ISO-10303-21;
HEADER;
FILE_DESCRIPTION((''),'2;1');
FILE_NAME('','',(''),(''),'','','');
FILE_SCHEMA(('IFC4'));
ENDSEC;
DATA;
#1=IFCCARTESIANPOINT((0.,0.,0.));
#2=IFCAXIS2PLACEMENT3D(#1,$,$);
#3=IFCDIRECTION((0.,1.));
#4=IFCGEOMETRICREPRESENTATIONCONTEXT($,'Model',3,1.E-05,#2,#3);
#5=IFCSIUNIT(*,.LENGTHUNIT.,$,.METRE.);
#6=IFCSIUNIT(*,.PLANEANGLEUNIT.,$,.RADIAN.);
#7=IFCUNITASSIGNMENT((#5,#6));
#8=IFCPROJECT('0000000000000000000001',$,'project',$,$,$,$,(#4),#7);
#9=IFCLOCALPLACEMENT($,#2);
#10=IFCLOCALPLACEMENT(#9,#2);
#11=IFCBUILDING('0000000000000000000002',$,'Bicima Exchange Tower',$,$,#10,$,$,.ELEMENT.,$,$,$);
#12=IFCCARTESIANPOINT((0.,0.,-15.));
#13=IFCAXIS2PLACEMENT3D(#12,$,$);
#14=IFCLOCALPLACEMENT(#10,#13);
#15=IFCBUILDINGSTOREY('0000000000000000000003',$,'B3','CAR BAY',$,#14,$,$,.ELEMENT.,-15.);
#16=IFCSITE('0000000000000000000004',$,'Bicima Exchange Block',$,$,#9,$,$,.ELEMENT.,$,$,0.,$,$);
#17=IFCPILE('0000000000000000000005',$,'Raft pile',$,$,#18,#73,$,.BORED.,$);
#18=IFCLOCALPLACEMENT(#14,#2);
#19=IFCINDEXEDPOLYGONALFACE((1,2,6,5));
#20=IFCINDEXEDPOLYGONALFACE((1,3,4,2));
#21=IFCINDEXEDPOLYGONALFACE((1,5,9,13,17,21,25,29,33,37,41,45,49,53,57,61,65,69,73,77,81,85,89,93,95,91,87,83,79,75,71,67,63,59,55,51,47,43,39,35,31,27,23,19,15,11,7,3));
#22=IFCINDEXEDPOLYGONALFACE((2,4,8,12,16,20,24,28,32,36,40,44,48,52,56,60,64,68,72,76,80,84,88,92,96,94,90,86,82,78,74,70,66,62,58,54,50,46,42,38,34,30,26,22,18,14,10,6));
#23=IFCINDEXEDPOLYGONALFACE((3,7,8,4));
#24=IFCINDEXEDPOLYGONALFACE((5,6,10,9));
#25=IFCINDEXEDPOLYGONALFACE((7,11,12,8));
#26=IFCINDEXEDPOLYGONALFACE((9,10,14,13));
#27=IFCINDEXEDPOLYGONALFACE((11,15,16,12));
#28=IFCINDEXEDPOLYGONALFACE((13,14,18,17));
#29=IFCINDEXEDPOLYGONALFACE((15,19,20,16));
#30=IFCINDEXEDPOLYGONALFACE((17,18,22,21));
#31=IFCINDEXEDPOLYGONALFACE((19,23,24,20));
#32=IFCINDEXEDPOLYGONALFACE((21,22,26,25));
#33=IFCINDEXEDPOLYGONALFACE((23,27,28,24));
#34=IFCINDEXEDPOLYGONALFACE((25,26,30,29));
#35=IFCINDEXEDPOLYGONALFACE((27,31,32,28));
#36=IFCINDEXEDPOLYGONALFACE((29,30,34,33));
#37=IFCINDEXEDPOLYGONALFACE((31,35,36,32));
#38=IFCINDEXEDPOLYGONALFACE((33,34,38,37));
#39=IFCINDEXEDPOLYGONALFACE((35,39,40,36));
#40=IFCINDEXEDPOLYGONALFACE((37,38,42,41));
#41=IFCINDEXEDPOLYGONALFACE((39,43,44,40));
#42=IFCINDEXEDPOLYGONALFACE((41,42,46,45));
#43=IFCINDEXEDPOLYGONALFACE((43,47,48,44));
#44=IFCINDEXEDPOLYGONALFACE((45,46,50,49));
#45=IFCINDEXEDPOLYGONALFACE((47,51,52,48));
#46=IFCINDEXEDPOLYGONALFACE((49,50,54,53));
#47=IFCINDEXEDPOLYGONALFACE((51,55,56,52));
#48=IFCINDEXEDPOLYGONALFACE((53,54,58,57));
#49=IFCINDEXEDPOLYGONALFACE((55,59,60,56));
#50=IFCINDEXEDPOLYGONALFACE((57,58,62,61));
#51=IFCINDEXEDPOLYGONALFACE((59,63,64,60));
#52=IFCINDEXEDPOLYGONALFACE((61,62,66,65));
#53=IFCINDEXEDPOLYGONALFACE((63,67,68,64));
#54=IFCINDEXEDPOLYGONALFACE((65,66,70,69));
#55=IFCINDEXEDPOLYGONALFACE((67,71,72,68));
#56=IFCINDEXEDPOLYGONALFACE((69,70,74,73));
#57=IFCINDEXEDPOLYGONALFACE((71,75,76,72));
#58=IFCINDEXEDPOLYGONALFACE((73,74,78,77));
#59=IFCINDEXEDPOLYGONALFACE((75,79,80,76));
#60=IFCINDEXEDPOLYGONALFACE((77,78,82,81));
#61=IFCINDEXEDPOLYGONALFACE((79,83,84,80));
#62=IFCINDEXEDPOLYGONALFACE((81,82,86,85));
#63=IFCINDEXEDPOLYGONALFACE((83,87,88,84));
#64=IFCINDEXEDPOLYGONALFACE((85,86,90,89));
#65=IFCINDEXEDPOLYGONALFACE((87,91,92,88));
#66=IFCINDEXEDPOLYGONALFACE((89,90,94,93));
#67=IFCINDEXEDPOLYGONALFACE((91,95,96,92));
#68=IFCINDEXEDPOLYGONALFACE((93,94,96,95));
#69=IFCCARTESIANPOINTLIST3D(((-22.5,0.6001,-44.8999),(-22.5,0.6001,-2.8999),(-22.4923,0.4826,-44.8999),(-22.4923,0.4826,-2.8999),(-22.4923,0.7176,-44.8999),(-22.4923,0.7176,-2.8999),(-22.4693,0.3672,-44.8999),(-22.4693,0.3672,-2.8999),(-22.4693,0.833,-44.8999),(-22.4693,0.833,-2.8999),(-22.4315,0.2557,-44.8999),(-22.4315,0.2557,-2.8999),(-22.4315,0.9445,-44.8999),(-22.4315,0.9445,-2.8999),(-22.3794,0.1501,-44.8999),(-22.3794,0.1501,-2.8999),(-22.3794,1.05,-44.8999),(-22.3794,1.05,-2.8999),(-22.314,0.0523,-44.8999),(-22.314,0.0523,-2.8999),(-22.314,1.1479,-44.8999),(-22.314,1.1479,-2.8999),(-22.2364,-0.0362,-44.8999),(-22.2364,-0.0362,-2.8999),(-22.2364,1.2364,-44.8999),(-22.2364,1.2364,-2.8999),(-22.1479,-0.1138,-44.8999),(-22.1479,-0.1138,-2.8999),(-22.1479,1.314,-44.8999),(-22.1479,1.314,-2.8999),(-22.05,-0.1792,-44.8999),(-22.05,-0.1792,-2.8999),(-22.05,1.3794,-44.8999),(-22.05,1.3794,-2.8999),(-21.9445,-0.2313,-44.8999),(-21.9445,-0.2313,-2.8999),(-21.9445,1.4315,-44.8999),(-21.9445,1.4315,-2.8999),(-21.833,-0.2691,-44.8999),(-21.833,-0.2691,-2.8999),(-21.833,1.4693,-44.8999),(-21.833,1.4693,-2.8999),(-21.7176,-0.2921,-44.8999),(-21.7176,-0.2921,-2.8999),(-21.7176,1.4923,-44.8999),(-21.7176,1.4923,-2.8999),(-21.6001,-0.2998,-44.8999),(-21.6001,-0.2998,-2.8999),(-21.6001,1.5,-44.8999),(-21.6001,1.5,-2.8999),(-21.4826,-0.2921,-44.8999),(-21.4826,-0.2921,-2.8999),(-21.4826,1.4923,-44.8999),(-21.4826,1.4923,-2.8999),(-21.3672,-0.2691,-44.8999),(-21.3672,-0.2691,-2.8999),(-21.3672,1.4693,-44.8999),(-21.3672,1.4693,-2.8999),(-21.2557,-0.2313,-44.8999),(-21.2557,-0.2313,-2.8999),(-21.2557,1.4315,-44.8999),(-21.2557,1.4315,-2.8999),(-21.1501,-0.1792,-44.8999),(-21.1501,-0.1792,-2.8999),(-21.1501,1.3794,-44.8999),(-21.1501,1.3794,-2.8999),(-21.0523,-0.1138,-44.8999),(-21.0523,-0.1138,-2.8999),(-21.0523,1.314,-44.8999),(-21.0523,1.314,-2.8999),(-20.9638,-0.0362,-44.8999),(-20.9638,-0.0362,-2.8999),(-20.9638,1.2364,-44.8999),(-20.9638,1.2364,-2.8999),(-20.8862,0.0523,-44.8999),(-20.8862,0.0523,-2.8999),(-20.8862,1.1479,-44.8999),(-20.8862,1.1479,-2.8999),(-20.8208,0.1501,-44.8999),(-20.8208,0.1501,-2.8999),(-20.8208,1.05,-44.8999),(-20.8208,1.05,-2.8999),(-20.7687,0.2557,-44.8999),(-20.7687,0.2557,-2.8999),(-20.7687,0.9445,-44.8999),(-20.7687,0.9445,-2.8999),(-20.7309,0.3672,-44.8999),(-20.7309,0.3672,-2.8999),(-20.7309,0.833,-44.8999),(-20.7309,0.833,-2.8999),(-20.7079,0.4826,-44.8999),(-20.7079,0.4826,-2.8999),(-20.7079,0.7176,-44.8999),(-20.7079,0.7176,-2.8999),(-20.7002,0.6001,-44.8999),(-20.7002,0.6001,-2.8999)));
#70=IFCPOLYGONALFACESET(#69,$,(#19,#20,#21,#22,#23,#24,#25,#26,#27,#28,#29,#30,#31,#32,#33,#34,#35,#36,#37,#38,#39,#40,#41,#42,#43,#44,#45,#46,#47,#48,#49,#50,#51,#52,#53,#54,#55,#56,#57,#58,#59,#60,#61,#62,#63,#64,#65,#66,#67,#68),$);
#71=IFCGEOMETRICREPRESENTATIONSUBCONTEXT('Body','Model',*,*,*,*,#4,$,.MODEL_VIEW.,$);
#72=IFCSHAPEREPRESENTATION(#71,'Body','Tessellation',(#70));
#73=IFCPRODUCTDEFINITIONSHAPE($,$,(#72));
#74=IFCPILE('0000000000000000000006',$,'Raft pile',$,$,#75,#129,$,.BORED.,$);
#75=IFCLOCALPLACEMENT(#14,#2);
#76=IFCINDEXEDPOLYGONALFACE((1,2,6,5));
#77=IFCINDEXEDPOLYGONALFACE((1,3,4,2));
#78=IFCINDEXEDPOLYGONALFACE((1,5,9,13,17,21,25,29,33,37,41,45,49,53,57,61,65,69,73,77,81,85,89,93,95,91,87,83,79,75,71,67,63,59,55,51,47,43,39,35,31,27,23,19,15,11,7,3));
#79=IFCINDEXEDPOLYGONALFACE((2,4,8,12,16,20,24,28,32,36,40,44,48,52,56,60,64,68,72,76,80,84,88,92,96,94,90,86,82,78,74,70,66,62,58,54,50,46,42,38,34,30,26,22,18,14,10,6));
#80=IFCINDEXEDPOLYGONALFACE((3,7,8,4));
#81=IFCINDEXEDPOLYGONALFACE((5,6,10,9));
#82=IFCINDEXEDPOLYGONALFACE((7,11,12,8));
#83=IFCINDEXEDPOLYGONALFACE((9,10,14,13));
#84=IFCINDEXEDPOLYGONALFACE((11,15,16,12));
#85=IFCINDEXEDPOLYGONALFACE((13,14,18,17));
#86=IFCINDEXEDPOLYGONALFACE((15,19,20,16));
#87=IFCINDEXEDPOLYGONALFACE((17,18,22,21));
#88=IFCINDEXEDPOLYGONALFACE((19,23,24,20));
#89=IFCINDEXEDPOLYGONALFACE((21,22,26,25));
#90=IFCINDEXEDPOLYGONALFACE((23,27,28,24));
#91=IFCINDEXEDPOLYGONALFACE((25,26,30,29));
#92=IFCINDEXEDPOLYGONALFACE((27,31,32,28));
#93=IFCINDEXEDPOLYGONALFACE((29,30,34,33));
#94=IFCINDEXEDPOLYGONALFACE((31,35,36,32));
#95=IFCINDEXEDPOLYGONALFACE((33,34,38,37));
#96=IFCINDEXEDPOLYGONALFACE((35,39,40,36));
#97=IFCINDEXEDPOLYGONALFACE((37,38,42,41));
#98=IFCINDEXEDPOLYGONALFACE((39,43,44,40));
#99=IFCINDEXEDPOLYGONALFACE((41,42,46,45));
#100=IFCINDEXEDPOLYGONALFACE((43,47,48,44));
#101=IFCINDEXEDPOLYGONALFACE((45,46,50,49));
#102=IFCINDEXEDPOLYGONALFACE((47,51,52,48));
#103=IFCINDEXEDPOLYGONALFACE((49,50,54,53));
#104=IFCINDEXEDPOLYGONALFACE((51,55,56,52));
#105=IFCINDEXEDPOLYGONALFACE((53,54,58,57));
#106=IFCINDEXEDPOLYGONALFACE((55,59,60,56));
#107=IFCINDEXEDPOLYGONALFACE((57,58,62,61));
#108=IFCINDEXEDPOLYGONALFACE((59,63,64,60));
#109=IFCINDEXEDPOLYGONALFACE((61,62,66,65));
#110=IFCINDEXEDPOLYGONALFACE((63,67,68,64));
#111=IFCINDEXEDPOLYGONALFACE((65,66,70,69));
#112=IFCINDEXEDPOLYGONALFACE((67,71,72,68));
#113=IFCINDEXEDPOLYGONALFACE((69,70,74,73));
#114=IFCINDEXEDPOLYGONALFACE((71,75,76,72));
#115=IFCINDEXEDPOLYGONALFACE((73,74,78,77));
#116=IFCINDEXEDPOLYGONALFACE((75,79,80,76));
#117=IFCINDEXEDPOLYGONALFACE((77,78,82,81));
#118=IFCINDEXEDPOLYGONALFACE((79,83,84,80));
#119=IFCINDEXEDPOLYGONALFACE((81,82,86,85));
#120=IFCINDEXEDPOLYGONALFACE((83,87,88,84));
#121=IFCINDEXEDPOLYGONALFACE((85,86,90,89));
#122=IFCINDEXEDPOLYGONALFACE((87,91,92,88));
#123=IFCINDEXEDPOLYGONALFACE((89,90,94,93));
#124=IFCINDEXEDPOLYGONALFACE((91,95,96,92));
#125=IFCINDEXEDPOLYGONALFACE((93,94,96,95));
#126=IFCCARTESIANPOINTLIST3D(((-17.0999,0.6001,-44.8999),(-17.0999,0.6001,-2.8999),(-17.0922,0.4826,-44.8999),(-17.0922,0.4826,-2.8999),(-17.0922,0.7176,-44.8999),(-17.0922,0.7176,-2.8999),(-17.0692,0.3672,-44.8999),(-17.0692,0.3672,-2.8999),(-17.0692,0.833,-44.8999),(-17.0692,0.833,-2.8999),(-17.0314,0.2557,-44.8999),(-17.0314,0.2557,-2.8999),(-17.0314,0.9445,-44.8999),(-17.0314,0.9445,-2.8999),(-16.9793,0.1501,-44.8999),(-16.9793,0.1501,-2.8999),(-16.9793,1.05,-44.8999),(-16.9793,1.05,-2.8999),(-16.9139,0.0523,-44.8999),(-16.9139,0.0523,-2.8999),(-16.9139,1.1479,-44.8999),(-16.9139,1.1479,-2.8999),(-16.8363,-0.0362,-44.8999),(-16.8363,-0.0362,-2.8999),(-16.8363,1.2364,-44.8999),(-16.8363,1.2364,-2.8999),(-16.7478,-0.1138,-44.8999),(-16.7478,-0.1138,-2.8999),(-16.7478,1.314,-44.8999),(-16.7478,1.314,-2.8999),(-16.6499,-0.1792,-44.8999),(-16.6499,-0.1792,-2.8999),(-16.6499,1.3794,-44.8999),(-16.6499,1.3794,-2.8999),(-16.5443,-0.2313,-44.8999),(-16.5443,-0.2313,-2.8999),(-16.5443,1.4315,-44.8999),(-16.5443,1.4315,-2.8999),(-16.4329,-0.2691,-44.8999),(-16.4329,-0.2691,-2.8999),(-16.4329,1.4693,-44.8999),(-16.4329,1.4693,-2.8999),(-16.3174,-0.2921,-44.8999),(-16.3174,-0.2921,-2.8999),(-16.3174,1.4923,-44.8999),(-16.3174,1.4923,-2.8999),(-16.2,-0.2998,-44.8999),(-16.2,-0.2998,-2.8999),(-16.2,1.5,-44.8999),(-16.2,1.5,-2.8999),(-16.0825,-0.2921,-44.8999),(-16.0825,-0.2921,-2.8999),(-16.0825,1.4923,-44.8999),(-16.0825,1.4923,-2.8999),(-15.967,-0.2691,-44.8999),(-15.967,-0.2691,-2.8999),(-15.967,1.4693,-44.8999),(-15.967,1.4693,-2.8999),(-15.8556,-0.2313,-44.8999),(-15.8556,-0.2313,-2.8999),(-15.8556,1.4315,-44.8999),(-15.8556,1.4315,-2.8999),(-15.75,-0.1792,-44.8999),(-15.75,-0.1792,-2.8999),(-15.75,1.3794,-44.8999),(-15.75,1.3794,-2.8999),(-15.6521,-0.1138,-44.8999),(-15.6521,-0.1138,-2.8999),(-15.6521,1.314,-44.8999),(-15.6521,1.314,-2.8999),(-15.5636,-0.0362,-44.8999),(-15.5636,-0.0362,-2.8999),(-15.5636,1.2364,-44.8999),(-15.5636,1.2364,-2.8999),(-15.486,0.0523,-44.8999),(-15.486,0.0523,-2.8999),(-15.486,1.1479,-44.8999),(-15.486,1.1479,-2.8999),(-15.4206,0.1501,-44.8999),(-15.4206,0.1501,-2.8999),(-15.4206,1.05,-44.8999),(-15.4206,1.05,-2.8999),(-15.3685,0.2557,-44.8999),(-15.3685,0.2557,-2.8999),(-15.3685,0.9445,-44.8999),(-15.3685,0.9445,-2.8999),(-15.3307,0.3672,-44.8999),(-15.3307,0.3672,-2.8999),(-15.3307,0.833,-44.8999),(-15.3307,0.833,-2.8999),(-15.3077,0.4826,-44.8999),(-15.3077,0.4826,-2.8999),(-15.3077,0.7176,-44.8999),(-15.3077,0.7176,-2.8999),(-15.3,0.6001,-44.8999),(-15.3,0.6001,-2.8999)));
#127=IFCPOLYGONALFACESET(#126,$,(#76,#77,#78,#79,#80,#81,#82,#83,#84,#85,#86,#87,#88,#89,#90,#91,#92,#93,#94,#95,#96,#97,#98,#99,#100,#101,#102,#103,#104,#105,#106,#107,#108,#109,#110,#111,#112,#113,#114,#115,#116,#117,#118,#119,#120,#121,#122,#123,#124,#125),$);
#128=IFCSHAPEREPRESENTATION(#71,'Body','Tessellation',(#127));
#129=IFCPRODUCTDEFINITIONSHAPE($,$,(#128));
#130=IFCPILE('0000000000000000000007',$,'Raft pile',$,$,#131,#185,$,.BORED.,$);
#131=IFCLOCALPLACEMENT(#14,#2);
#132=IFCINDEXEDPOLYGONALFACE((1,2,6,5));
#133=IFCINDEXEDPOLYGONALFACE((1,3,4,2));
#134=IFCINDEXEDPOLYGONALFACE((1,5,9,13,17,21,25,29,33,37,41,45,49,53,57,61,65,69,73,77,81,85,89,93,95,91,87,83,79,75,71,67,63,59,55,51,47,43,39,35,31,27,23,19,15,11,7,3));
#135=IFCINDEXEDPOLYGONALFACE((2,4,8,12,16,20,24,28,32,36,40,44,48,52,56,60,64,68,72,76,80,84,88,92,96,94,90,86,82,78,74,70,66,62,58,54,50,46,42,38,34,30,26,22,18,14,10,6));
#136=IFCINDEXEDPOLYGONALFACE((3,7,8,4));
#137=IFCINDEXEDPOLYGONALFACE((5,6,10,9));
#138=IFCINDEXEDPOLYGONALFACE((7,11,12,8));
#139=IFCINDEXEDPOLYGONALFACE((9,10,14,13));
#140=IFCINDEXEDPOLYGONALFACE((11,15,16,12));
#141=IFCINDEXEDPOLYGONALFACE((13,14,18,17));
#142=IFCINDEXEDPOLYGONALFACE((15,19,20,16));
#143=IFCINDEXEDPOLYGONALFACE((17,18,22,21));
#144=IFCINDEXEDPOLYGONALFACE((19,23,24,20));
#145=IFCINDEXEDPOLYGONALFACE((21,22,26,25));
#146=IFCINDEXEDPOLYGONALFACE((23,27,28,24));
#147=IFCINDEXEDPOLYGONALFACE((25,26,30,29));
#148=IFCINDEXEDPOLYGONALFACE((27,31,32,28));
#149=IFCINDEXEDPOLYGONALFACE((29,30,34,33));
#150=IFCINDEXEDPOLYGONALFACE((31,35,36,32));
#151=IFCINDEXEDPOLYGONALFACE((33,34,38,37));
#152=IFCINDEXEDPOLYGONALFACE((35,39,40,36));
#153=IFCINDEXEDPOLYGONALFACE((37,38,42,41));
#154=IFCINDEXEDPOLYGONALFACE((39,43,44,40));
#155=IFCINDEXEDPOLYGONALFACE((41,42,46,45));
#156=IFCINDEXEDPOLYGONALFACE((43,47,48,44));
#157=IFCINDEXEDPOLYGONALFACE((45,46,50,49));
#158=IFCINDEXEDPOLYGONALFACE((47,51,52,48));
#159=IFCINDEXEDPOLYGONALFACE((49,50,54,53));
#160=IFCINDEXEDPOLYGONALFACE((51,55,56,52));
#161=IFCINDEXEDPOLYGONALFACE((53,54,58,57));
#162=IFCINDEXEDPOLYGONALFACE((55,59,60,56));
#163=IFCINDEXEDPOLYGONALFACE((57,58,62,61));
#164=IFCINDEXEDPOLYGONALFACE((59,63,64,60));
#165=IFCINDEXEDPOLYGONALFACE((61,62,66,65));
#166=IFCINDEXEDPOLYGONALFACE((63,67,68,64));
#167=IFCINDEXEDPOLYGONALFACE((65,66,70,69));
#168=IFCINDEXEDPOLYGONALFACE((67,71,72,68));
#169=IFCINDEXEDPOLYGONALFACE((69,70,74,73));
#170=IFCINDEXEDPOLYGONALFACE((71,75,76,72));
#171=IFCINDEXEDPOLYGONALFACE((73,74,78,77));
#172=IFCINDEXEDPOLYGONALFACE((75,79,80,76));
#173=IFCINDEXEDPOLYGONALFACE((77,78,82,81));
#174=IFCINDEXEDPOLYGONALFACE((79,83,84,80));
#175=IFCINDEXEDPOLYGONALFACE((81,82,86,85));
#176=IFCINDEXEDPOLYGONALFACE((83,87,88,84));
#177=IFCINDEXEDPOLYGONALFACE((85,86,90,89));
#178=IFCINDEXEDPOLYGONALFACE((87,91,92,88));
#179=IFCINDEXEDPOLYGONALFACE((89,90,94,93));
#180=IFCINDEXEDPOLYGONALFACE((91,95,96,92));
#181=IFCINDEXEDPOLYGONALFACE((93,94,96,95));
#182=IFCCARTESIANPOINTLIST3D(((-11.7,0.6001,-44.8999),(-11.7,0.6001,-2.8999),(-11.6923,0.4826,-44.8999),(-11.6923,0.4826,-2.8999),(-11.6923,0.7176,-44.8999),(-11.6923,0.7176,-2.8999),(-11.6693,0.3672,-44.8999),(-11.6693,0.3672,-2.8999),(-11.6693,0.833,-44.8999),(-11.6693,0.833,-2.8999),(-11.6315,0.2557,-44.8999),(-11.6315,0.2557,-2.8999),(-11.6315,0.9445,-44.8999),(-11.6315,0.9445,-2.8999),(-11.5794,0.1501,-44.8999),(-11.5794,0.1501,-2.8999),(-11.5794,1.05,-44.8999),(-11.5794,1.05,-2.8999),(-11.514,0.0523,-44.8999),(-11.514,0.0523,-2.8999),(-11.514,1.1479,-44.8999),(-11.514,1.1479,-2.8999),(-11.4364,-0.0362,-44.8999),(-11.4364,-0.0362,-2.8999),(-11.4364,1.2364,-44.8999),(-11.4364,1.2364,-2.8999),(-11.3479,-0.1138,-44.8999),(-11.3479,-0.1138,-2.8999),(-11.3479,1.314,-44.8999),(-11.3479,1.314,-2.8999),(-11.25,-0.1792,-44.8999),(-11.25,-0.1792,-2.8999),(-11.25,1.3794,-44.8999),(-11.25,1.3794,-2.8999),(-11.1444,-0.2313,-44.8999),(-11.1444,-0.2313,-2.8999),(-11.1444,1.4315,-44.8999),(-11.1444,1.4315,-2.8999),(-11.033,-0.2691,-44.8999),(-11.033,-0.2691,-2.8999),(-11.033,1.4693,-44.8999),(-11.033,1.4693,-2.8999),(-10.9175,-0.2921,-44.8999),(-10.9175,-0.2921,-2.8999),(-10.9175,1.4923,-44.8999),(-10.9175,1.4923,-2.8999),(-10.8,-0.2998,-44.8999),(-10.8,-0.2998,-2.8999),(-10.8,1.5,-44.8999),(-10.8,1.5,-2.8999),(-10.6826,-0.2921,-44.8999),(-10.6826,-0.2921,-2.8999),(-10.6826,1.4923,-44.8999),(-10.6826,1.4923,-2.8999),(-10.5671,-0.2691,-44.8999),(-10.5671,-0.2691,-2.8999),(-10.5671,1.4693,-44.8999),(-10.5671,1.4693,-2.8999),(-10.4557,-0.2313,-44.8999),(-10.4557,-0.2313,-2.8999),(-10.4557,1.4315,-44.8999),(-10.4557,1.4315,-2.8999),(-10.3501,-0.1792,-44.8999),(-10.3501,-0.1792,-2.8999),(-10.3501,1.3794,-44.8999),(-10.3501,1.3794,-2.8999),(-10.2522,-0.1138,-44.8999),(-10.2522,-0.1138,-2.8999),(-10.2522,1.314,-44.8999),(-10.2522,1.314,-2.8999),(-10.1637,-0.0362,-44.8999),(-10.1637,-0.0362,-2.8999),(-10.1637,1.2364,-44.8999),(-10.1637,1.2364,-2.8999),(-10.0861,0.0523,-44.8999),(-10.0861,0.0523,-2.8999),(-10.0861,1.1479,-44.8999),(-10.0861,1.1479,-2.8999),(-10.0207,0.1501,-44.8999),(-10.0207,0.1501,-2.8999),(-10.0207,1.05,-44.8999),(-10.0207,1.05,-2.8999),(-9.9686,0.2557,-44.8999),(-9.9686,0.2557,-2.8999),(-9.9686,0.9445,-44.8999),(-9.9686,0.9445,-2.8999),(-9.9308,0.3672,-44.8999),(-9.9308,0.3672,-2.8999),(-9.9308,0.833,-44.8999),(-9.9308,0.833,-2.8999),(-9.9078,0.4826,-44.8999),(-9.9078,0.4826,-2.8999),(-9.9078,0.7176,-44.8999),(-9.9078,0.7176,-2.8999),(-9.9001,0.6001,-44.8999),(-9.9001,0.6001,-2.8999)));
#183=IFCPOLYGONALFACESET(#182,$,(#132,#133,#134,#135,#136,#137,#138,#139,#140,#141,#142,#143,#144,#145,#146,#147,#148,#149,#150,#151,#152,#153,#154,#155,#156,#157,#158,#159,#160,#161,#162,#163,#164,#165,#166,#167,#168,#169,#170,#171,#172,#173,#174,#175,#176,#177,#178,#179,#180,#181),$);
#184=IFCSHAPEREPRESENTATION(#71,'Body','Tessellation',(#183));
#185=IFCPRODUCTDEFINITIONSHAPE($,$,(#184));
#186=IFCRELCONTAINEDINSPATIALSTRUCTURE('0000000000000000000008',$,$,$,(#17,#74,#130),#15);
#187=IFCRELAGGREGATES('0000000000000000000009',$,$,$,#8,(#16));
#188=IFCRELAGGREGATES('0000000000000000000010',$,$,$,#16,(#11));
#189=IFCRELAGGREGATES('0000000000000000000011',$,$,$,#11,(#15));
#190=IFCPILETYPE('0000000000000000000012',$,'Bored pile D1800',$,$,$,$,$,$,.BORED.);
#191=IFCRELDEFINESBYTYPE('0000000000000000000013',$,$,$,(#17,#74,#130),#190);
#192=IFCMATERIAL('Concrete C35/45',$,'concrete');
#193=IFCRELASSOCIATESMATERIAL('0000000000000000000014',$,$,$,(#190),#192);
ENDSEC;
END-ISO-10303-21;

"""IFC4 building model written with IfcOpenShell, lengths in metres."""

from ifc_helpers import new_model, si_unit, direction, frame, origin, origin_2d, place, context, subcontext, project, spatial, circle, extrude, material, material_profile, profile_set, type_object, element, save


model = new_model("IFC4")

# Units and contexts
model_context = context("Model", 3, precision=1e-05, world=origin(), true_north=direction((0.0, 1.0)))
body_context = subcontext(model_context, "Body", "Model", "MODEL_VIEW")
ifc_project = project(units=[si_unit("LENGTHUNIT", "METRE"), si_unit("PLANEANGLEUNIT", "RADIAN")], contexts=[model_context])

# Site, building, storey
site_placement = place(None, origin())
site = spatial("IfcSite", under=ifc_project, at=site_placement, Name="Bicima Exchange Block", CompositionType="ELEMENT", RefElevation=0.0)
building_placement = place(site_placement, origin())
building = spatial("IfcBuilding", under=site, at=building_placement, Name="Bicima Exchange Tower", CompositionType="ELEMENT")
storey_placement = place(building_placement, frame((0.0, 0.0, -15.0)))
storey = spatial("IfcBuildingStorey", under=building, at=storey_placement, Name="B3", Description="CAR BAY", CompositionType="ELEMENT", Elevation=-15.0)

# Piles
ifc_material_1 = material(Name="Concrete C35/45", Category="concrete")
ifc_material_profile_1 = material_profile(ifc_material_1, circle(Radius=0.8999, at=origin_2d()))
ifc_profile_set_1 = profile_set([ifc_material_profile_1], Name="Concrete C35/45")
pile_type = type_object("IfcPileType", Name="Bored pile D1800", PredefinedType="BORED", material=ifc_profile_set_1)
for number, where, z_axis, x_axis, name in (
    (1, (-21.6001, 0.6001, -2.8999), (0.0, 0.0, -1.0), (1.0, 0.0, 0.0), "Raft pile"),
    (2, (-16.2, 0.6001, -2.8999), (0.0, 0.0, -1.0), (1.0, 0.0, 0.0), "Raft pile"),
    (3, (-10.8, 0.6001, -2.8999), (0.0, 0.0, -1.0), (1.0, 0.0, 0.0), "Raft pile"),
):
    element("IfcPile", number, at=place(storey_placement, frame(where, z_axis=z_axis, x_axis=x_axis)), inside=storey, type_object=pile_type, Name=name, PredefinedType="BORED", context=body_context, shape_type="SweptSolid", body=[
        extrude(circle(Radius=0.8999, at=origin_2d()), origin(), (0.0, 0.0, 1.0), 42.0),
    ])

save(model, "model.ifc")
